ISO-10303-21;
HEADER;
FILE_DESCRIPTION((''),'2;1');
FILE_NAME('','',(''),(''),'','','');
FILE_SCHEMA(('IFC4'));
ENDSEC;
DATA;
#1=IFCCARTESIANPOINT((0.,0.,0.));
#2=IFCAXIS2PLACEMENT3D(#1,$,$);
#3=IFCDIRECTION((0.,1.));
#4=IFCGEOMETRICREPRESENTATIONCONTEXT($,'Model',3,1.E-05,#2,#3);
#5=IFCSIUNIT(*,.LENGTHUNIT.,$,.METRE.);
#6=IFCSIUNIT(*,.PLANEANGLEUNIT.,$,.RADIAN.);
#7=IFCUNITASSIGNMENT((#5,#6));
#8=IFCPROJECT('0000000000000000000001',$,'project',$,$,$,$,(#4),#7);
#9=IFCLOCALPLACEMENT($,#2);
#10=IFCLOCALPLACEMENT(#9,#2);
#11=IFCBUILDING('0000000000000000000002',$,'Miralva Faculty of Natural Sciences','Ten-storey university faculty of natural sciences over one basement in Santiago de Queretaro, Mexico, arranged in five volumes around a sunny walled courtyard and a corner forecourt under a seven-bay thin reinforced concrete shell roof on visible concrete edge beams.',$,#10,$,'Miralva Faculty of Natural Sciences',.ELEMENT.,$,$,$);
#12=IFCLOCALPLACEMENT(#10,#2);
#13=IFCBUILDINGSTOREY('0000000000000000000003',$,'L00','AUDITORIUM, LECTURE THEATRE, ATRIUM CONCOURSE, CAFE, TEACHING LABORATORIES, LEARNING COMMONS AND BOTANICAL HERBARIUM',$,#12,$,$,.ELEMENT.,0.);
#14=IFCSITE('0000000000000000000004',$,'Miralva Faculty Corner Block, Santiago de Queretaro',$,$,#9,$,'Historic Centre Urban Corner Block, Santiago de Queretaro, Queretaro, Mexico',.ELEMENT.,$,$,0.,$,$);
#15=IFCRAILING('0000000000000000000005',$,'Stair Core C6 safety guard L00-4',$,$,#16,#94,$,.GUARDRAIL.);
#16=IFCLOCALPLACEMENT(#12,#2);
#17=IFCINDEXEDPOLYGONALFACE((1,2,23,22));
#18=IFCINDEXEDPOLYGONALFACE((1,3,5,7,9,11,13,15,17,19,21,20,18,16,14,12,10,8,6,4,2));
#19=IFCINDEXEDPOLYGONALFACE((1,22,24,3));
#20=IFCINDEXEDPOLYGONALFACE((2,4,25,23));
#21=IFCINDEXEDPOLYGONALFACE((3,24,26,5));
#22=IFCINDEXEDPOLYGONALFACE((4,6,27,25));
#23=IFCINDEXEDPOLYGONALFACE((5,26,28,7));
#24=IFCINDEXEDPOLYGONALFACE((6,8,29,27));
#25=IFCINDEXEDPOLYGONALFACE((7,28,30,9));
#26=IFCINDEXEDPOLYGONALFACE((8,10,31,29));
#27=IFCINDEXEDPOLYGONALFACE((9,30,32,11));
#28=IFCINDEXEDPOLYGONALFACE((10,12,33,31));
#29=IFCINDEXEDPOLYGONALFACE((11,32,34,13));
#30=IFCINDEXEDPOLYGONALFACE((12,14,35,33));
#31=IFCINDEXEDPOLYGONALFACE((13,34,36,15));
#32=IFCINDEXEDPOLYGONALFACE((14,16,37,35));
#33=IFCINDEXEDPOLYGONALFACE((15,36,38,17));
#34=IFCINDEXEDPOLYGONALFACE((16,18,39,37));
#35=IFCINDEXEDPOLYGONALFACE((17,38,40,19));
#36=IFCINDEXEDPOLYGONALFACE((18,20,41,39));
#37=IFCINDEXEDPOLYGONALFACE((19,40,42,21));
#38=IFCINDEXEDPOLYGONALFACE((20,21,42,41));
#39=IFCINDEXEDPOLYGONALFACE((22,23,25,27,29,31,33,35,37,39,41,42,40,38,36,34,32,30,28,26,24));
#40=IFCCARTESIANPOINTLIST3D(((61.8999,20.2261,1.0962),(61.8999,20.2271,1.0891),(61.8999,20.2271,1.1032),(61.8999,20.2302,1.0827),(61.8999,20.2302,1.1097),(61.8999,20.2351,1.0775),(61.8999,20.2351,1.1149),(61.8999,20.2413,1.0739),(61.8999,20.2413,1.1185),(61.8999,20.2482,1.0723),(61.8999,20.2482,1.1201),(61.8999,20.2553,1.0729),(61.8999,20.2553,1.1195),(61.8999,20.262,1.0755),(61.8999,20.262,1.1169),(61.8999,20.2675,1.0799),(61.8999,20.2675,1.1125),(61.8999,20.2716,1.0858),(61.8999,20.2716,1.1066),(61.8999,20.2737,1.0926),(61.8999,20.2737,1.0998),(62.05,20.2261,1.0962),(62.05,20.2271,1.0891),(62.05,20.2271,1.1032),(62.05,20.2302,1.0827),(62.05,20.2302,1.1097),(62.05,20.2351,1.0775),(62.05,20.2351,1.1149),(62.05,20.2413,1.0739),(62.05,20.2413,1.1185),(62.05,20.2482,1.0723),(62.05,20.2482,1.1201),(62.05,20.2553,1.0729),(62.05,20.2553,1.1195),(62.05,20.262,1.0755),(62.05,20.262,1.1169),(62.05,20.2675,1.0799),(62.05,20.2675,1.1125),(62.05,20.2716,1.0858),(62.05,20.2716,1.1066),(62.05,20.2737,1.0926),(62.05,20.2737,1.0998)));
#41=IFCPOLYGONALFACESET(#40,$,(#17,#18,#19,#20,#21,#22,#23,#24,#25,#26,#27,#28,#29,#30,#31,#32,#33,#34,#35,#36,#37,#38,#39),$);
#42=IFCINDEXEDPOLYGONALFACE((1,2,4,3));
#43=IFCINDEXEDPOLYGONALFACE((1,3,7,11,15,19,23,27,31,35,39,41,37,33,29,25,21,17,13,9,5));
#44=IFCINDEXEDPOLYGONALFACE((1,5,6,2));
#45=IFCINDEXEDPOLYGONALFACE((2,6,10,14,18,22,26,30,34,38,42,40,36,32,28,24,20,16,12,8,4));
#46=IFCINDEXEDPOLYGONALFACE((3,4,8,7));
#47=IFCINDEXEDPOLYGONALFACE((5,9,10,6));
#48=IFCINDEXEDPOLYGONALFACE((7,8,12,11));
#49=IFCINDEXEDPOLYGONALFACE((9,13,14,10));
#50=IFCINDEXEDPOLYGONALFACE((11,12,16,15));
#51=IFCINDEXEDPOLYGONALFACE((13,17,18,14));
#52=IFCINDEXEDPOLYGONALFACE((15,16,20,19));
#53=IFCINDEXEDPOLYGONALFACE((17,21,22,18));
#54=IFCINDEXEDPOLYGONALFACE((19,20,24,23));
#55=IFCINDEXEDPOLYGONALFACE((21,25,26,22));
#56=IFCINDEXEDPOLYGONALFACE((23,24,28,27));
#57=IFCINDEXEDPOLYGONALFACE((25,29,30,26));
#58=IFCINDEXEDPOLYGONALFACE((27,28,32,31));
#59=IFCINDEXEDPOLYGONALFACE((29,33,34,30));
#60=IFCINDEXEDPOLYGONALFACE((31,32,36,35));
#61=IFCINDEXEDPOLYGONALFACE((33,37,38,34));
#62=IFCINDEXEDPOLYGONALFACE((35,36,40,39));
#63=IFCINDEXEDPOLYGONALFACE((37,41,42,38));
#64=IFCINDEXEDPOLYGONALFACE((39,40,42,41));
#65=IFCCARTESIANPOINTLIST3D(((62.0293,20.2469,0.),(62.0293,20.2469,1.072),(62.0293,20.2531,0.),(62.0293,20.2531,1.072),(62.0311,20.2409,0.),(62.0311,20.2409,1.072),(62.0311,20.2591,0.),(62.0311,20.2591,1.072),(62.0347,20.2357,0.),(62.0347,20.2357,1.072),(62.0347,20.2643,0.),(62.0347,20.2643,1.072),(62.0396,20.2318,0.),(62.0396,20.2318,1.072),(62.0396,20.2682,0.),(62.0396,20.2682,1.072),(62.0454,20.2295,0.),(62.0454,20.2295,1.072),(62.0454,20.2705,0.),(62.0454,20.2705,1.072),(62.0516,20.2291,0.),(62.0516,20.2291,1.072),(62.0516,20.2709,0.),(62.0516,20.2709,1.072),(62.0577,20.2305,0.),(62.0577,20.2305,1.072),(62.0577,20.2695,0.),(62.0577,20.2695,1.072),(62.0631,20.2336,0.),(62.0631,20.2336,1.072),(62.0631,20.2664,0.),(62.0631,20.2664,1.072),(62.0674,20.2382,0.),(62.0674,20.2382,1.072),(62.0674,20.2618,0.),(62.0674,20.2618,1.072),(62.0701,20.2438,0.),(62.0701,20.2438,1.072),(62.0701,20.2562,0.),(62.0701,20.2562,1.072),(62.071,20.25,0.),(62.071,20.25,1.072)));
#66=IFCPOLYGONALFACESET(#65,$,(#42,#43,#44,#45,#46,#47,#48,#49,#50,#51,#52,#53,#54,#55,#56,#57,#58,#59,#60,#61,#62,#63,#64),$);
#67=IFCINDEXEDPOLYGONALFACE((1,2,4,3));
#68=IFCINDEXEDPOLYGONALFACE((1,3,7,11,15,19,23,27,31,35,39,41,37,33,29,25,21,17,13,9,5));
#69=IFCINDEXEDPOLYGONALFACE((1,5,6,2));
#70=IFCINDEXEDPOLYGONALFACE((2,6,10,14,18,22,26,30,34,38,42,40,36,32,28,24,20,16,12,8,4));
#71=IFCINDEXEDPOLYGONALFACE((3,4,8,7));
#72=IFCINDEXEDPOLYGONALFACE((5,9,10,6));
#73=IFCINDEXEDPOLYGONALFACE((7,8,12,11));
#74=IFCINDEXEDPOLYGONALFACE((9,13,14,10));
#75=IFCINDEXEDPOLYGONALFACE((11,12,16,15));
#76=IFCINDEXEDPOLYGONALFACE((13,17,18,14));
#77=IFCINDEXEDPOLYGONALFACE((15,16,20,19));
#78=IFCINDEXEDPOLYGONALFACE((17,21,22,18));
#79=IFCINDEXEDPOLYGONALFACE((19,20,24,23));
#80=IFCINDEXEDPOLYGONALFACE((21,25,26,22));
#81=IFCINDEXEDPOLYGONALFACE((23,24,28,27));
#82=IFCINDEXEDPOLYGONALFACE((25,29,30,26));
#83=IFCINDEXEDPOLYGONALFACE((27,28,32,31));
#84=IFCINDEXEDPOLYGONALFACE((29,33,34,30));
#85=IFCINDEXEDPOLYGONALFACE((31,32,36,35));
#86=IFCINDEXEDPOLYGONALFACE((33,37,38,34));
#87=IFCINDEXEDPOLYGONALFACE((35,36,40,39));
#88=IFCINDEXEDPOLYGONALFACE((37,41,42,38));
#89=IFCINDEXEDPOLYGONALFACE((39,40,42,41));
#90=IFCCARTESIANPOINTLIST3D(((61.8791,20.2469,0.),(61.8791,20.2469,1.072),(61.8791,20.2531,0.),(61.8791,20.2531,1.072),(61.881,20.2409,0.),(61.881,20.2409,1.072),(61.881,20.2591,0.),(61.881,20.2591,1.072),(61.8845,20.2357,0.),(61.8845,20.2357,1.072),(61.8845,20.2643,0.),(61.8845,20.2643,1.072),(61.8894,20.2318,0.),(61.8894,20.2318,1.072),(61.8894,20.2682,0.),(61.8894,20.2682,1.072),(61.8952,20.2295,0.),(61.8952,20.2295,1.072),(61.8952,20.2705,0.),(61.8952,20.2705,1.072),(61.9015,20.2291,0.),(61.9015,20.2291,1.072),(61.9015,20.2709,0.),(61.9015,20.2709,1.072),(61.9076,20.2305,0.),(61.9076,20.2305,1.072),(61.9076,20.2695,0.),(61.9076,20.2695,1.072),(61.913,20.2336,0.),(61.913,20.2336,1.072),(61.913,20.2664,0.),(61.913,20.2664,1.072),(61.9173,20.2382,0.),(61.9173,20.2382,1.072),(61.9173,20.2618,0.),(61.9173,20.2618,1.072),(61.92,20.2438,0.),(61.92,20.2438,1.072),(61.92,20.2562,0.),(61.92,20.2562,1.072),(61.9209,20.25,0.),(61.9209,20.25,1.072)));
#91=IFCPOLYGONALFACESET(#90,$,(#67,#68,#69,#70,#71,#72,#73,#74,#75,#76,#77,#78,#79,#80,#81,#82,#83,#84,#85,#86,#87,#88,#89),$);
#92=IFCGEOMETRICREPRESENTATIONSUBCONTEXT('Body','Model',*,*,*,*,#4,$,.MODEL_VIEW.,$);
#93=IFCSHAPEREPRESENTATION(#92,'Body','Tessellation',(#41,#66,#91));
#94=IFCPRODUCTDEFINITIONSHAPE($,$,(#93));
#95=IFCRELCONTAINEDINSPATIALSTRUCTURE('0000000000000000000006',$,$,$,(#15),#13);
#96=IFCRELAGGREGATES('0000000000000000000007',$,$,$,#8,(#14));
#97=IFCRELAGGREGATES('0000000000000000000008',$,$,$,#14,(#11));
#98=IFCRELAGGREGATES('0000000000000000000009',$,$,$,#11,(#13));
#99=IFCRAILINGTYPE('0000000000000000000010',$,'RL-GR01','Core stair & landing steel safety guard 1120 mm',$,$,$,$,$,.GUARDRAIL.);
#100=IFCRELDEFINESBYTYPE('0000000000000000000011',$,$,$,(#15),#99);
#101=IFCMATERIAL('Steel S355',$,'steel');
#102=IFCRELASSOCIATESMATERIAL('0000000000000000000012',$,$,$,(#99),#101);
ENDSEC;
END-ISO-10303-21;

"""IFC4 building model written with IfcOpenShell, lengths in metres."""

from ifc_helpers import new_model, si_unit, direction, frame, origin, origin_2d, place, context, subcontext, project, spatial, circle, extrude, material, type_object, element, save


model = new_model("IFC4")

# Units and contexts
model_context = context("Model", 3, precision=1e-05, world=origin(), true_north=direction((0.0, 1.0)))
body_context = subcontext(model_context, "Body", "Model", "MODEL_VIEW")
ifc_project = project(units=[si_unit("LENGTHUNIT", "METRE"), si_unit("PLANEANGLEUNIT", "RADIAN")], contexts=[model_context])

# Site, building, storey
site_placement = place(None, origin())
site = spatial("IfcSite", under=ifc_project, at=site_placement, Name="Miralva Faculty Corner Block, Santiago de Queretaro", LongName="Historic Centre Urban Corner Block, Santiago de Queretaro, Queretaro, Mexico", CompositionType="ELEMENT", RefElevation=0.0)
building_placement = place(site_placement, origin())
building = spatial("IfcBuilding", under=site, at=building_placement, Name="Miralva Faculty of Natural Sciences", Description="Ten-storey university faculty of natural sciences over one basement in Santiago de Queretaro, Mexico, arranged in five volumes around a sunny walled courtyard and a corner forecourt under a seven-bay thin reinforced concrete shell roof on visible concrete edge beams.", LongName="Miralva Faculty of Natural Sciences", CompositionType="ELEMENT")
storey_placement = place(building_placement, origin())
storey = spatial("IfcBuildingStorey", under=building, at=storey_placement, Name="L00", Description="AUDITORIUM, LECTURE THEATRE, ATRIUM CONCOURSE, CAFE, TEACHING LABORATORIES, LEARNING COMMONS AND BOTANICAL HERBARIUM", CompositionType="ELEMENT", Elevation=0.0)

# Railing
ifc_material_1 = material(Name="Steel S355", Category="steel")
railing_type_1 = type_object("IfcRailingType", Name="RL-GR01", Description="Core stair & landing steel safety guard 1120 mm", PredefinedType="GUARDRAIL", material=ifc_material_1)
railing_1_placement = place(storey_placement, frame((62.05, 20.25, 0.0)))
element("IfcRailing", 1, at=railing_1_placement, inside=storey, type_object=railing_type_1, Name="Stair Core C6 safety guard L00-4", PredefinedType="GUARDRAIL", context=body_context, shape_type="SweptSolid", body=[
    extrude(circle(Radius=0.0239, at=origin_2d()), frame((0.0, 0.0, 1.0962), z_axis=(-1.0, 0.0, 0.0), x_axis=(0.0, -1.0, 0.0)), (0.0, 0.0, 1.0), 0.1501),
    extrude(circle(Radius=0.021, at=origin_2d()), origin(), (0.0, 0.0, 1.0), 1.072),
    extrude(circle(Radius=0.021, at=origin_2d()), frame((-0.1501, 0.0, 0.0)), (0.0, 0.0, 1.0), 1.072),
])

save(model, "model.ifc")
